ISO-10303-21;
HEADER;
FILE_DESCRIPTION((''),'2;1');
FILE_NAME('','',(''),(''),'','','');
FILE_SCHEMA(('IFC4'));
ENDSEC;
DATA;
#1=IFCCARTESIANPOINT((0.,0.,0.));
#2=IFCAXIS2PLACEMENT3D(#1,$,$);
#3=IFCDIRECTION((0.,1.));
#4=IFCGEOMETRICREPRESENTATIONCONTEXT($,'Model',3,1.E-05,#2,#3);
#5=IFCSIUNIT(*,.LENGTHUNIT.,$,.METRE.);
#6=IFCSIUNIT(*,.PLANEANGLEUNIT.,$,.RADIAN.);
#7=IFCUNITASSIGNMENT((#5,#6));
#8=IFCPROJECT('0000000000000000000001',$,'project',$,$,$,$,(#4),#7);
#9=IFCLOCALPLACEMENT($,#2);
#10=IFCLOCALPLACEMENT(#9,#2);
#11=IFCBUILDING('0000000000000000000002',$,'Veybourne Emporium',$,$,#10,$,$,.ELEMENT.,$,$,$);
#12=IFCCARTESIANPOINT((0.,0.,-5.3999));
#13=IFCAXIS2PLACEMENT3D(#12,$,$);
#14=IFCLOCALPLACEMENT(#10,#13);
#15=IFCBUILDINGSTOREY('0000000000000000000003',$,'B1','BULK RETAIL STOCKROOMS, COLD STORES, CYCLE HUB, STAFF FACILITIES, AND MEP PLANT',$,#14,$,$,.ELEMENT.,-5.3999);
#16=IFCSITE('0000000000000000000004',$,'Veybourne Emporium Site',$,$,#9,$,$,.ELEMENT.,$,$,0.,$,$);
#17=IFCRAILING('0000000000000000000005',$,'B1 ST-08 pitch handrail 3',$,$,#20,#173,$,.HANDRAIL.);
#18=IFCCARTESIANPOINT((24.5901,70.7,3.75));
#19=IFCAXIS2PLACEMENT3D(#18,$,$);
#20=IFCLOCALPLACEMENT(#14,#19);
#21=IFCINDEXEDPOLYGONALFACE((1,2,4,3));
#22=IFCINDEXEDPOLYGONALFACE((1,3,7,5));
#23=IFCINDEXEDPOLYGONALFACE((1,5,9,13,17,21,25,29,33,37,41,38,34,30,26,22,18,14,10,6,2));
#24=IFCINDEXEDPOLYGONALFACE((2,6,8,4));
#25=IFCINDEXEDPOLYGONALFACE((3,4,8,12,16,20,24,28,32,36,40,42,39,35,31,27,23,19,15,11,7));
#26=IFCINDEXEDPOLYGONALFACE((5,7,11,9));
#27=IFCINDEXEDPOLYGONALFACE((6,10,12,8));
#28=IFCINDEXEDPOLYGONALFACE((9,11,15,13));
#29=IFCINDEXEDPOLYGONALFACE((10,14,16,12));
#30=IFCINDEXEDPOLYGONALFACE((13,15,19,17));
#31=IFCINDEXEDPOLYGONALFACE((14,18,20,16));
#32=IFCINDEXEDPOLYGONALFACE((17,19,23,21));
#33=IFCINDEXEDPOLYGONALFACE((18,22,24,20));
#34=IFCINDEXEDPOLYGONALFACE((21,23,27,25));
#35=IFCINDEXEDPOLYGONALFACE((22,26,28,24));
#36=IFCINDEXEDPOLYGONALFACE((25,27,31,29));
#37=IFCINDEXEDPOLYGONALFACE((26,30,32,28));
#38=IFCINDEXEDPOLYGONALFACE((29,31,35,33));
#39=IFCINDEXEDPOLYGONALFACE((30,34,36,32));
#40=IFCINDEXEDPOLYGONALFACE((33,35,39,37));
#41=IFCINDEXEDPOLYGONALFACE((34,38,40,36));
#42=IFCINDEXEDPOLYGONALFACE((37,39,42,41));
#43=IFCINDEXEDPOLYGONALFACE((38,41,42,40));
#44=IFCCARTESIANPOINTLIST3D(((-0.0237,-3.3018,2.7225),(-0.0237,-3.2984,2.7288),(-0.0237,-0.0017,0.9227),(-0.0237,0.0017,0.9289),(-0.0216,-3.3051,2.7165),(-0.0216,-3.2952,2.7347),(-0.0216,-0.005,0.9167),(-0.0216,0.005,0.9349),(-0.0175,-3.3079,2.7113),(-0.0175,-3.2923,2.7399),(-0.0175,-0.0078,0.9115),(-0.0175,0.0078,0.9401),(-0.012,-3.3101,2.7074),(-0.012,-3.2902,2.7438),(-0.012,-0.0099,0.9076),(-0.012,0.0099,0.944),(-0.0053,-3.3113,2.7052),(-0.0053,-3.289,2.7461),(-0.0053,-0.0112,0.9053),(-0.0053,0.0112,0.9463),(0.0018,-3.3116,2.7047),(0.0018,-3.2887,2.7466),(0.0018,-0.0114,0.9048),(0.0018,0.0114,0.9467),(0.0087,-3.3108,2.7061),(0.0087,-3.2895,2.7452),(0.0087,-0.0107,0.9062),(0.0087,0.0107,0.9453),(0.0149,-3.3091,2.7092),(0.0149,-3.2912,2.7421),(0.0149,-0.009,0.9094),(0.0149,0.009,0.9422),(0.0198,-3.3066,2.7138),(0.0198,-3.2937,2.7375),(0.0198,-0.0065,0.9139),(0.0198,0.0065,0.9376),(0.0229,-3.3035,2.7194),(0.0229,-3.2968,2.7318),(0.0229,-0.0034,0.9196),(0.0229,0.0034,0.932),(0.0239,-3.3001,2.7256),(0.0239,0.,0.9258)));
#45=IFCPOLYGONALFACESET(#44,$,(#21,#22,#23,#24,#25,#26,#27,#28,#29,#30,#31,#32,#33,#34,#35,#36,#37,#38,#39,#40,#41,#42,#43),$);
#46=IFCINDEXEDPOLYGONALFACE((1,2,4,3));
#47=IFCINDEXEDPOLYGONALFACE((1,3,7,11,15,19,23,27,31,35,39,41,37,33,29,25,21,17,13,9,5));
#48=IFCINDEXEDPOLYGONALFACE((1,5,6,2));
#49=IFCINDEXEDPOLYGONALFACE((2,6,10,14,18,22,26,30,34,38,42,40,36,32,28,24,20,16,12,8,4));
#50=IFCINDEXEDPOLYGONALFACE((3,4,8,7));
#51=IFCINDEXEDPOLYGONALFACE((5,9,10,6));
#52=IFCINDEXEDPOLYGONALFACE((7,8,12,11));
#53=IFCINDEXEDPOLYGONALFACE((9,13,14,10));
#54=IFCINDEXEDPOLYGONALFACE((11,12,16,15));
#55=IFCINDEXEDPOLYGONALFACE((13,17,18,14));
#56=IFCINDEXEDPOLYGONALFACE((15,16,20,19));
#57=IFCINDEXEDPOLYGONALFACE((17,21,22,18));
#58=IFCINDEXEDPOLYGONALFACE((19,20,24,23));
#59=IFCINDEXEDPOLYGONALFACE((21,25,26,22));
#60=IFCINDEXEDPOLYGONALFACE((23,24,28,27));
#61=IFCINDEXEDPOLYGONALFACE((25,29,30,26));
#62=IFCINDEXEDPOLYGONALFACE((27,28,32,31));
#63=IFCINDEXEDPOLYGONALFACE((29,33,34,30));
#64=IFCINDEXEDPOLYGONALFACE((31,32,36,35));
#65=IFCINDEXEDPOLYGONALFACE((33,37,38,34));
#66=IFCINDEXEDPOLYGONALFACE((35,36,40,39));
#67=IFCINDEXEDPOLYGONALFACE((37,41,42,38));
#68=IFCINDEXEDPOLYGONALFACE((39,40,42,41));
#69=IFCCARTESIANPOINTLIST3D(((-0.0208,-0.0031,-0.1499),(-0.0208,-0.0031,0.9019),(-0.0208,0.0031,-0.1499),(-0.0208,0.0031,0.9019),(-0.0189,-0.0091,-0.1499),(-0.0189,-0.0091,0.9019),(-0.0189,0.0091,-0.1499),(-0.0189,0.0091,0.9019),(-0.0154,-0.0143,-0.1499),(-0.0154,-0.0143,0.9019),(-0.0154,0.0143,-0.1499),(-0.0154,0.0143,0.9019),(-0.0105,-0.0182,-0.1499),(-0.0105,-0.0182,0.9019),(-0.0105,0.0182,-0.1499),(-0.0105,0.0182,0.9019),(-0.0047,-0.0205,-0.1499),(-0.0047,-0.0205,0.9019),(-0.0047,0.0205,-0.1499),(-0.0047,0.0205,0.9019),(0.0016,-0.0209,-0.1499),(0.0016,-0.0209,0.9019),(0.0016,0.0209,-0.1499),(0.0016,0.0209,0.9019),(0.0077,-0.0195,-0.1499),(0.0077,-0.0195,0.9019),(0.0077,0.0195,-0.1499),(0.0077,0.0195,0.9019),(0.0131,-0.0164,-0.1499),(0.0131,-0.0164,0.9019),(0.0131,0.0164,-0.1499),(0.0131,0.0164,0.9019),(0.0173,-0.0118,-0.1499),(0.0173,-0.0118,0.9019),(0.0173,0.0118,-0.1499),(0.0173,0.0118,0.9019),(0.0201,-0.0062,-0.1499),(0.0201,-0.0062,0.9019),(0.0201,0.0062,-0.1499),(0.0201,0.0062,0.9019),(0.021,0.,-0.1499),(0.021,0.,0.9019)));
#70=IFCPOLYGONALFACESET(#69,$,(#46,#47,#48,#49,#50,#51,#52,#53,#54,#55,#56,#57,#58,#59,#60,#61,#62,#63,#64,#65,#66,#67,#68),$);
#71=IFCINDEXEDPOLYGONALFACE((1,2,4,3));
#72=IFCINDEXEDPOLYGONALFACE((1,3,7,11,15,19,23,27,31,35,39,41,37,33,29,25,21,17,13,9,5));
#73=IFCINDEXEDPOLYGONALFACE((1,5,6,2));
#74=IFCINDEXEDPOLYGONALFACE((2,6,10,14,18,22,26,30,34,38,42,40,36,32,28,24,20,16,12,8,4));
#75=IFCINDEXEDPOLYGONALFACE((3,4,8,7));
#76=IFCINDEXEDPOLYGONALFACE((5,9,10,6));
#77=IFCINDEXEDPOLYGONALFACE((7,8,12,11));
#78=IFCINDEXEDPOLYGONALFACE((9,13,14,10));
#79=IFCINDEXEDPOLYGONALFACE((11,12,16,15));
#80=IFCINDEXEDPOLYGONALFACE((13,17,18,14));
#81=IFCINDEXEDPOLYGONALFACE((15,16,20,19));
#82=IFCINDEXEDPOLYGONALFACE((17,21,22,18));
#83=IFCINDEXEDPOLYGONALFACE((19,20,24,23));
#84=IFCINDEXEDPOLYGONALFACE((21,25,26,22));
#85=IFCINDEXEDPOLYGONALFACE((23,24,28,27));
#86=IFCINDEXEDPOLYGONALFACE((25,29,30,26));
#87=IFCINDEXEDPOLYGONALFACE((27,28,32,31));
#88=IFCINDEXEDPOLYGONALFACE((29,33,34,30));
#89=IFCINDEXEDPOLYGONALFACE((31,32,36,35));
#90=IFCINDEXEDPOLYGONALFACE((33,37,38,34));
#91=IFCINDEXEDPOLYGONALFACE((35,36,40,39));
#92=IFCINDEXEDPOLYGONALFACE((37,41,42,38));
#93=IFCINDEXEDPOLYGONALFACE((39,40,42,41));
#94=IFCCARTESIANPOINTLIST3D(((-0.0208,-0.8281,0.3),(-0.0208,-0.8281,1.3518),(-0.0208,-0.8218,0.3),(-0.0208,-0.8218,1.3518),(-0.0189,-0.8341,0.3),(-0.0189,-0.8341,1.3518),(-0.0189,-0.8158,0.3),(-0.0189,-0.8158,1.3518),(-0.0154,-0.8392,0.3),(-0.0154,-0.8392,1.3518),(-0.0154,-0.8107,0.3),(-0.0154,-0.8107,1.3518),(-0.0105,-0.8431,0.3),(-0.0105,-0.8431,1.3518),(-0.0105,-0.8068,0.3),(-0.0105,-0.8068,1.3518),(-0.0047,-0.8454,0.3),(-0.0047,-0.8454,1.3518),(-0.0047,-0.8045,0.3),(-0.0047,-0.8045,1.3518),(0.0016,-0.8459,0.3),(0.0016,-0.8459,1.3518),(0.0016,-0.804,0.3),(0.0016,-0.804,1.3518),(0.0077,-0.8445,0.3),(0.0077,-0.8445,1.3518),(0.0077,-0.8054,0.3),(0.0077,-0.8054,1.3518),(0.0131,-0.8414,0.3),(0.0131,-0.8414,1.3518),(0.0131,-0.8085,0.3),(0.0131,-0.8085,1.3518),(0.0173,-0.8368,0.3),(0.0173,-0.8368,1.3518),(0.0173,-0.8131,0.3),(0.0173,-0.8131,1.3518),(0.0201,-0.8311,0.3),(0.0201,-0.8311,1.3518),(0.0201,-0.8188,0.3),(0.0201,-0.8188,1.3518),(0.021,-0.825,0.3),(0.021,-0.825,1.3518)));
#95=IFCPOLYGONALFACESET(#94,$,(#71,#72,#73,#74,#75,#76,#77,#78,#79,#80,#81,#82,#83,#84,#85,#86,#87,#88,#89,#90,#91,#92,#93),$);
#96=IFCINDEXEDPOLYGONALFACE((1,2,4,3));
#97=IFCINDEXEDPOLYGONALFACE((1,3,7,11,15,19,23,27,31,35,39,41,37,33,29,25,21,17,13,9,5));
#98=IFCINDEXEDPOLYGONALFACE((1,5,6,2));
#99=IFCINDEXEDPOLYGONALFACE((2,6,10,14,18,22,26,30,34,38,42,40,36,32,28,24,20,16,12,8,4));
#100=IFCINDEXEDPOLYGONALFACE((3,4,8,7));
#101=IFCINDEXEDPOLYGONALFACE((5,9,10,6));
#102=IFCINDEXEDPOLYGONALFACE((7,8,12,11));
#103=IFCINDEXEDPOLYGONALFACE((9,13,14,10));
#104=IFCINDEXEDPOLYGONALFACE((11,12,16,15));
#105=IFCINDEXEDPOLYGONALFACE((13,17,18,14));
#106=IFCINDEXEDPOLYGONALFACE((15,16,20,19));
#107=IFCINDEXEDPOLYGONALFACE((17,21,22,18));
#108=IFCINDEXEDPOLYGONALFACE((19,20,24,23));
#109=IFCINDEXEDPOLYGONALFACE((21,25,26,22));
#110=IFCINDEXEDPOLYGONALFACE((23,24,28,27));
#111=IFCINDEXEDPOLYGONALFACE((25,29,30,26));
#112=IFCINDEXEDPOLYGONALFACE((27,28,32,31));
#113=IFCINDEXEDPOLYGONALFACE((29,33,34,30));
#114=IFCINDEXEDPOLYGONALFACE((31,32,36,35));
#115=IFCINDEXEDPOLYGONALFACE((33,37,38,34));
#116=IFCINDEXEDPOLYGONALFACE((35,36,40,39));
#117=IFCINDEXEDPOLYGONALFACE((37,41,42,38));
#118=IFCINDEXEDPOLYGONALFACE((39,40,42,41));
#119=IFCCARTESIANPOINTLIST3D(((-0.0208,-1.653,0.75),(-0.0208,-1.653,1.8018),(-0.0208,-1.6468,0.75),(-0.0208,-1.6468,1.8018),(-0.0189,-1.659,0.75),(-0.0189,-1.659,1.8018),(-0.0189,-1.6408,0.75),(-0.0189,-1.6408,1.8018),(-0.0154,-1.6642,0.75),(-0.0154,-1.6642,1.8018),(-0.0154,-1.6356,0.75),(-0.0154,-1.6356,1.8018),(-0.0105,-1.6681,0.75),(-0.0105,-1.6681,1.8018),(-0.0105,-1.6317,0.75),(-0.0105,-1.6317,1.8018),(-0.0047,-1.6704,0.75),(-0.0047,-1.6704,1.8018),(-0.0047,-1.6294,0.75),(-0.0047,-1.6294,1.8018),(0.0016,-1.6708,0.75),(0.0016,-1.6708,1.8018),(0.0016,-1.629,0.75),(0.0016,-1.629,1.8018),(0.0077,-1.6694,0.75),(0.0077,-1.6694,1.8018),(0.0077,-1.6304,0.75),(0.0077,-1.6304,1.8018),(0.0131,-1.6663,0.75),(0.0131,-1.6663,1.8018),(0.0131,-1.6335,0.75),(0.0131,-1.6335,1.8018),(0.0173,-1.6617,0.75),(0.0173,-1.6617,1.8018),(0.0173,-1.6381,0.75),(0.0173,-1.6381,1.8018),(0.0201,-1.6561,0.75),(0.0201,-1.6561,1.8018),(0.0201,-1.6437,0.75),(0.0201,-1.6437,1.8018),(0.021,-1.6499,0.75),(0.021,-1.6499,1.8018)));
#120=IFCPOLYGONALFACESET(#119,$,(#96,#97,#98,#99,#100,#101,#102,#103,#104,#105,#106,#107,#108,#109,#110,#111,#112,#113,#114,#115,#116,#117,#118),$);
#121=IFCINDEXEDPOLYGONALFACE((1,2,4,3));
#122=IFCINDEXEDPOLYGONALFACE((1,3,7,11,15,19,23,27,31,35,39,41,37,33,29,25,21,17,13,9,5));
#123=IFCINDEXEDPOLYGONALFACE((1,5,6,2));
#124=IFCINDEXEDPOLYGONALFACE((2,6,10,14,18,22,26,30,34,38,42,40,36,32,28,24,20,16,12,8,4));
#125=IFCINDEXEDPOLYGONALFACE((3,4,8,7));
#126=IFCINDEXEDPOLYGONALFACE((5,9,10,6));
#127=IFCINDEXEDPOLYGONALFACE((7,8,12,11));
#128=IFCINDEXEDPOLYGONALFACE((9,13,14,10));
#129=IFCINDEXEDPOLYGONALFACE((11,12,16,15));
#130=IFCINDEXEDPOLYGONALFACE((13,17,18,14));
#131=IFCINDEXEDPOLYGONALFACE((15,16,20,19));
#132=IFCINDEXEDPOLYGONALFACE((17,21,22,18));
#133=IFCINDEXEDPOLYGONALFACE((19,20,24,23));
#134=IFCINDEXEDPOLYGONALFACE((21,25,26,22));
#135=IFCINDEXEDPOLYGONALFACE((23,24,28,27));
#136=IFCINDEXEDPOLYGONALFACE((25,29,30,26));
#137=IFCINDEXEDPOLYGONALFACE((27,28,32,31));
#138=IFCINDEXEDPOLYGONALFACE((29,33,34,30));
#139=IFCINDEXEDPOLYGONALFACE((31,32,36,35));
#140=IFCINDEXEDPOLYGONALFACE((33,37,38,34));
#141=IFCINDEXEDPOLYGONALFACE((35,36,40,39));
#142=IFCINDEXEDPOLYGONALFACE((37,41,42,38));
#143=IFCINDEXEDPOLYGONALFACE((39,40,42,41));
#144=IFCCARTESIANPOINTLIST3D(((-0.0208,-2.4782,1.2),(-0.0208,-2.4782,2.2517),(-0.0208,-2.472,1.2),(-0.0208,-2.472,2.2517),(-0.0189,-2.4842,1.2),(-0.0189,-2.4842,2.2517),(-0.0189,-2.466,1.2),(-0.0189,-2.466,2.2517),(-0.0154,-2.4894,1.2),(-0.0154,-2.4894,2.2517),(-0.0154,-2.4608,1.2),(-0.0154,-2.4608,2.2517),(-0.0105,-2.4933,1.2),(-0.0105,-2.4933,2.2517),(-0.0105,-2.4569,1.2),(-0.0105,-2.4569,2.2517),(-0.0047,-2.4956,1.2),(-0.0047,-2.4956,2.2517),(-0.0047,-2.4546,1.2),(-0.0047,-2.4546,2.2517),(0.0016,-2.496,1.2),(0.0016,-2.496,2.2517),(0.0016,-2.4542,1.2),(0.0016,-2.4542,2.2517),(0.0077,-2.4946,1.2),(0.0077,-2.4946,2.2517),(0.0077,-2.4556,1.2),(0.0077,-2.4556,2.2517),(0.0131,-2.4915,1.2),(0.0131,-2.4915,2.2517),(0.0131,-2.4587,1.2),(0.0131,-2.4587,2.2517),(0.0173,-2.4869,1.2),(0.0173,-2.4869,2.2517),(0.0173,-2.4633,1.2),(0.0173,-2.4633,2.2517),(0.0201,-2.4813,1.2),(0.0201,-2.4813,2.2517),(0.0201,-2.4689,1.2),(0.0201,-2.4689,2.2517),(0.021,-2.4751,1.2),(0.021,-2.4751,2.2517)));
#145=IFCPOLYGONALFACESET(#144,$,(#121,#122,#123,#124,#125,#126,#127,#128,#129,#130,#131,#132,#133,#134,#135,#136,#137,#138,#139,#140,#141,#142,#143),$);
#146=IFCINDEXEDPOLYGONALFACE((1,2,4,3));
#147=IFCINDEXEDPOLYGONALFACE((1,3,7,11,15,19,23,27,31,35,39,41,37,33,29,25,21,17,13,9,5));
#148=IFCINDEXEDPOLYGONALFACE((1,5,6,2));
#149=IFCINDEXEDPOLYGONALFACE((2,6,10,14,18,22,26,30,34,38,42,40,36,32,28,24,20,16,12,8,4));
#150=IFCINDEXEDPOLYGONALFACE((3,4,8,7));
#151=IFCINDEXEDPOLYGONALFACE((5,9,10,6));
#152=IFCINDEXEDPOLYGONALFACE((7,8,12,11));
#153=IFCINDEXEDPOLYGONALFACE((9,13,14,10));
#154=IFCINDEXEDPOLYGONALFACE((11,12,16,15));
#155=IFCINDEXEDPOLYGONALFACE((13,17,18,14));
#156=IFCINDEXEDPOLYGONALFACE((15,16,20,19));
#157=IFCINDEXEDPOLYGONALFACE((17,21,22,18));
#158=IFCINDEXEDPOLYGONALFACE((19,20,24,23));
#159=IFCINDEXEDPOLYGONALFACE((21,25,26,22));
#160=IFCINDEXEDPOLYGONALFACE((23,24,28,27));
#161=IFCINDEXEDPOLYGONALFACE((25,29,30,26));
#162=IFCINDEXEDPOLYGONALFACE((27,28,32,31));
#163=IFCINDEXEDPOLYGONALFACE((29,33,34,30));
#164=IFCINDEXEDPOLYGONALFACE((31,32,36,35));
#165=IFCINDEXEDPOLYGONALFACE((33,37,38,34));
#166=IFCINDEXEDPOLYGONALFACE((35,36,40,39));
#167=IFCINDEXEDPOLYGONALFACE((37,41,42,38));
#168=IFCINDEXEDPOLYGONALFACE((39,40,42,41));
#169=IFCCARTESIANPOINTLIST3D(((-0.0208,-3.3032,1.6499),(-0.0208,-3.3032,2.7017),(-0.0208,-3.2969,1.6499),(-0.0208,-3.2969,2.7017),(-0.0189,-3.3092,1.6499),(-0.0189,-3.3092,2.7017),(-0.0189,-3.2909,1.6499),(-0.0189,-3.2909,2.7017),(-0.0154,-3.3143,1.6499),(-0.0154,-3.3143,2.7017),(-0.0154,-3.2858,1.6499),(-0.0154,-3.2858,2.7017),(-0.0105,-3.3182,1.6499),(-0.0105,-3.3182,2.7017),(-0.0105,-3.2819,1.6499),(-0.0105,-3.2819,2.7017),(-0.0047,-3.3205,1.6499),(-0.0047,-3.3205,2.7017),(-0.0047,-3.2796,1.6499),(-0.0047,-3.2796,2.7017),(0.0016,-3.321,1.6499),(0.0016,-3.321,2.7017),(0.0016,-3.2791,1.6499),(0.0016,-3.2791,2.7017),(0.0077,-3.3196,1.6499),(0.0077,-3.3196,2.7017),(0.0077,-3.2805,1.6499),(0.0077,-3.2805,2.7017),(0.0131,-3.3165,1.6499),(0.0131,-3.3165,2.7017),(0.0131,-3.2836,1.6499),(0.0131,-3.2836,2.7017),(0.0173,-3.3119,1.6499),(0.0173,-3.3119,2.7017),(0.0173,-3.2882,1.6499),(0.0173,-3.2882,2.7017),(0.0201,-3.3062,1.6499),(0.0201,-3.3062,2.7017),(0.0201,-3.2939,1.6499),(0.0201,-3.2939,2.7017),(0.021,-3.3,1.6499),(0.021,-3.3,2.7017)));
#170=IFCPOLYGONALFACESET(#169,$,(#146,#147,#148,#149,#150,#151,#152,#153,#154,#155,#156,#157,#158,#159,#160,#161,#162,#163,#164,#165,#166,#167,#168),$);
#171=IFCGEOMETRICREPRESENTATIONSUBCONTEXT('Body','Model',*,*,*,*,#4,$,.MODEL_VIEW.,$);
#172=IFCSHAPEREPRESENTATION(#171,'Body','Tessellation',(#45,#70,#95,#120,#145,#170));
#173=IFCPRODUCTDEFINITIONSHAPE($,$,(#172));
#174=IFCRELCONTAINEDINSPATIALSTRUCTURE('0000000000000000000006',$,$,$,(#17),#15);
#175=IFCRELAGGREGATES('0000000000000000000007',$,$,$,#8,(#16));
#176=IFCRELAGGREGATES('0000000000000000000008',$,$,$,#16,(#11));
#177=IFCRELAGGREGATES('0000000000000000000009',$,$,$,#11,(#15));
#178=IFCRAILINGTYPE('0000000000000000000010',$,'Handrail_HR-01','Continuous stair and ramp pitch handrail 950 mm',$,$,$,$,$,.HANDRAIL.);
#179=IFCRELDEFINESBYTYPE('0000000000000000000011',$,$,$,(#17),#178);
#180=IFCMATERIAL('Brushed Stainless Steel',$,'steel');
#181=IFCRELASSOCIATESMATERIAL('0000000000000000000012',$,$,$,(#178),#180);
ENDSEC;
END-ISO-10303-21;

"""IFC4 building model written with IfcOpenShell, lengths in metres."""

from ifc_helpers import new_model, si_unit, direction, frame, origin, origin_2d, place, context, subcontext, project, spatial, circle, extrude, material, type_object, element, save


model = new_model("IFC4")

# Units and contexts
model_context = context("Model", 3, precision=1e-05, world=origin(), true_north=direction((0.0, 1.0)))
body_context = subcontext(model_context, "Body", "Model", "MODEL_VIEW")
ifc_project = project(units=[si_unit("LENGTHUNIT", "METRE"), si_unit("PLANEANGLEUNIT", "RADIAN")], contexts=[model_context])

# Site, building, storey
site_placement = place(None, origin())
site = spatial("IfcSite", under=ifc_project, at=site_placement, Name="Veybourne Emporium Site", CompositionType="ELEMENT", RefElevation=0.0)
building_placement = place(site_placement, origin())
building = spatial("IfcBuilding", under=site, at=building_placement, Name="Veybourne Emporium", CompositionType="ELEMENT")
storey_placement = place(building_placement, frame((0.0, 0.0, -5.3999)))
storey = spatial("IfcBuildingStorey", under=building, at=storey_placement, Name="B1", Description="BULK RETAIL STOCKROOMS, COLD STORES, CYCLE HUB, STAFF FACILITIES, AND MEP PLANT", CompositionType="ELEMENT", Elevation=-5.3999)

# Railing
ifc_material_1 = material(Name="Brushed Stainless Steel", Category="steel")
railing_type_1 = type_object("IfcRailingType", Name="Handrail_HR-01", Description="Continuous stair and ramp pitch handrail 950 mm", PredefinedType="HANDRAIL", material=ifc_material_1)
railing_1_placement = place(storey_placement, frame((24.5901, 70.7, 3.75)))
element("IfcRailing", 1, at=railing_1_placement, inside=storey, type_object=railing_type_1, Name="B1 ST-08 pitch handrail 3", PredefinedType="HANDRAIL", context=body_context, shape_type="SweptSolid", body=[
    extrude(circle(Radius=0.0239, at=origin_2d()), frame((0.0, 0.0, 0.9258), z_axis=(0.0, -0.87792, 0.478807), x_axis=(1.0, 0.0, 0.0)), (0.0, 0.0, 1.0), 3.759),
    extrude(circle(Radius=0.021, at=origin_2d()), frame((0.0, 0.0, -0.1499)), (0.0, 0.0, 1.0), 1.0518),
    extrude(circle(Radius=0.021, at=origin_2d()), frame((0.0, -0.825, 0.3)), (0.0, 0.0, 1.0), 1.0518),
    extrude(circle(Radius=0.021, at=origin_2d()), frame((0.0, -1.6499, 0.75)), (0.0, 0.0, 1.0), 1.0518),
    extrude(circle(Radius=0.021, at=origin_2d()), frame((0.0, -2.4751, 1.2)), (0.0, 0.0, 1.0), 1.0518),
    extrude(circle(Radius=0.021, at=origin_2d()), frame((0.0, -3.3, 1.6499)), (0.0, 0.0, 1.0), 1.0518),
])

save(model, "model.ifc")
